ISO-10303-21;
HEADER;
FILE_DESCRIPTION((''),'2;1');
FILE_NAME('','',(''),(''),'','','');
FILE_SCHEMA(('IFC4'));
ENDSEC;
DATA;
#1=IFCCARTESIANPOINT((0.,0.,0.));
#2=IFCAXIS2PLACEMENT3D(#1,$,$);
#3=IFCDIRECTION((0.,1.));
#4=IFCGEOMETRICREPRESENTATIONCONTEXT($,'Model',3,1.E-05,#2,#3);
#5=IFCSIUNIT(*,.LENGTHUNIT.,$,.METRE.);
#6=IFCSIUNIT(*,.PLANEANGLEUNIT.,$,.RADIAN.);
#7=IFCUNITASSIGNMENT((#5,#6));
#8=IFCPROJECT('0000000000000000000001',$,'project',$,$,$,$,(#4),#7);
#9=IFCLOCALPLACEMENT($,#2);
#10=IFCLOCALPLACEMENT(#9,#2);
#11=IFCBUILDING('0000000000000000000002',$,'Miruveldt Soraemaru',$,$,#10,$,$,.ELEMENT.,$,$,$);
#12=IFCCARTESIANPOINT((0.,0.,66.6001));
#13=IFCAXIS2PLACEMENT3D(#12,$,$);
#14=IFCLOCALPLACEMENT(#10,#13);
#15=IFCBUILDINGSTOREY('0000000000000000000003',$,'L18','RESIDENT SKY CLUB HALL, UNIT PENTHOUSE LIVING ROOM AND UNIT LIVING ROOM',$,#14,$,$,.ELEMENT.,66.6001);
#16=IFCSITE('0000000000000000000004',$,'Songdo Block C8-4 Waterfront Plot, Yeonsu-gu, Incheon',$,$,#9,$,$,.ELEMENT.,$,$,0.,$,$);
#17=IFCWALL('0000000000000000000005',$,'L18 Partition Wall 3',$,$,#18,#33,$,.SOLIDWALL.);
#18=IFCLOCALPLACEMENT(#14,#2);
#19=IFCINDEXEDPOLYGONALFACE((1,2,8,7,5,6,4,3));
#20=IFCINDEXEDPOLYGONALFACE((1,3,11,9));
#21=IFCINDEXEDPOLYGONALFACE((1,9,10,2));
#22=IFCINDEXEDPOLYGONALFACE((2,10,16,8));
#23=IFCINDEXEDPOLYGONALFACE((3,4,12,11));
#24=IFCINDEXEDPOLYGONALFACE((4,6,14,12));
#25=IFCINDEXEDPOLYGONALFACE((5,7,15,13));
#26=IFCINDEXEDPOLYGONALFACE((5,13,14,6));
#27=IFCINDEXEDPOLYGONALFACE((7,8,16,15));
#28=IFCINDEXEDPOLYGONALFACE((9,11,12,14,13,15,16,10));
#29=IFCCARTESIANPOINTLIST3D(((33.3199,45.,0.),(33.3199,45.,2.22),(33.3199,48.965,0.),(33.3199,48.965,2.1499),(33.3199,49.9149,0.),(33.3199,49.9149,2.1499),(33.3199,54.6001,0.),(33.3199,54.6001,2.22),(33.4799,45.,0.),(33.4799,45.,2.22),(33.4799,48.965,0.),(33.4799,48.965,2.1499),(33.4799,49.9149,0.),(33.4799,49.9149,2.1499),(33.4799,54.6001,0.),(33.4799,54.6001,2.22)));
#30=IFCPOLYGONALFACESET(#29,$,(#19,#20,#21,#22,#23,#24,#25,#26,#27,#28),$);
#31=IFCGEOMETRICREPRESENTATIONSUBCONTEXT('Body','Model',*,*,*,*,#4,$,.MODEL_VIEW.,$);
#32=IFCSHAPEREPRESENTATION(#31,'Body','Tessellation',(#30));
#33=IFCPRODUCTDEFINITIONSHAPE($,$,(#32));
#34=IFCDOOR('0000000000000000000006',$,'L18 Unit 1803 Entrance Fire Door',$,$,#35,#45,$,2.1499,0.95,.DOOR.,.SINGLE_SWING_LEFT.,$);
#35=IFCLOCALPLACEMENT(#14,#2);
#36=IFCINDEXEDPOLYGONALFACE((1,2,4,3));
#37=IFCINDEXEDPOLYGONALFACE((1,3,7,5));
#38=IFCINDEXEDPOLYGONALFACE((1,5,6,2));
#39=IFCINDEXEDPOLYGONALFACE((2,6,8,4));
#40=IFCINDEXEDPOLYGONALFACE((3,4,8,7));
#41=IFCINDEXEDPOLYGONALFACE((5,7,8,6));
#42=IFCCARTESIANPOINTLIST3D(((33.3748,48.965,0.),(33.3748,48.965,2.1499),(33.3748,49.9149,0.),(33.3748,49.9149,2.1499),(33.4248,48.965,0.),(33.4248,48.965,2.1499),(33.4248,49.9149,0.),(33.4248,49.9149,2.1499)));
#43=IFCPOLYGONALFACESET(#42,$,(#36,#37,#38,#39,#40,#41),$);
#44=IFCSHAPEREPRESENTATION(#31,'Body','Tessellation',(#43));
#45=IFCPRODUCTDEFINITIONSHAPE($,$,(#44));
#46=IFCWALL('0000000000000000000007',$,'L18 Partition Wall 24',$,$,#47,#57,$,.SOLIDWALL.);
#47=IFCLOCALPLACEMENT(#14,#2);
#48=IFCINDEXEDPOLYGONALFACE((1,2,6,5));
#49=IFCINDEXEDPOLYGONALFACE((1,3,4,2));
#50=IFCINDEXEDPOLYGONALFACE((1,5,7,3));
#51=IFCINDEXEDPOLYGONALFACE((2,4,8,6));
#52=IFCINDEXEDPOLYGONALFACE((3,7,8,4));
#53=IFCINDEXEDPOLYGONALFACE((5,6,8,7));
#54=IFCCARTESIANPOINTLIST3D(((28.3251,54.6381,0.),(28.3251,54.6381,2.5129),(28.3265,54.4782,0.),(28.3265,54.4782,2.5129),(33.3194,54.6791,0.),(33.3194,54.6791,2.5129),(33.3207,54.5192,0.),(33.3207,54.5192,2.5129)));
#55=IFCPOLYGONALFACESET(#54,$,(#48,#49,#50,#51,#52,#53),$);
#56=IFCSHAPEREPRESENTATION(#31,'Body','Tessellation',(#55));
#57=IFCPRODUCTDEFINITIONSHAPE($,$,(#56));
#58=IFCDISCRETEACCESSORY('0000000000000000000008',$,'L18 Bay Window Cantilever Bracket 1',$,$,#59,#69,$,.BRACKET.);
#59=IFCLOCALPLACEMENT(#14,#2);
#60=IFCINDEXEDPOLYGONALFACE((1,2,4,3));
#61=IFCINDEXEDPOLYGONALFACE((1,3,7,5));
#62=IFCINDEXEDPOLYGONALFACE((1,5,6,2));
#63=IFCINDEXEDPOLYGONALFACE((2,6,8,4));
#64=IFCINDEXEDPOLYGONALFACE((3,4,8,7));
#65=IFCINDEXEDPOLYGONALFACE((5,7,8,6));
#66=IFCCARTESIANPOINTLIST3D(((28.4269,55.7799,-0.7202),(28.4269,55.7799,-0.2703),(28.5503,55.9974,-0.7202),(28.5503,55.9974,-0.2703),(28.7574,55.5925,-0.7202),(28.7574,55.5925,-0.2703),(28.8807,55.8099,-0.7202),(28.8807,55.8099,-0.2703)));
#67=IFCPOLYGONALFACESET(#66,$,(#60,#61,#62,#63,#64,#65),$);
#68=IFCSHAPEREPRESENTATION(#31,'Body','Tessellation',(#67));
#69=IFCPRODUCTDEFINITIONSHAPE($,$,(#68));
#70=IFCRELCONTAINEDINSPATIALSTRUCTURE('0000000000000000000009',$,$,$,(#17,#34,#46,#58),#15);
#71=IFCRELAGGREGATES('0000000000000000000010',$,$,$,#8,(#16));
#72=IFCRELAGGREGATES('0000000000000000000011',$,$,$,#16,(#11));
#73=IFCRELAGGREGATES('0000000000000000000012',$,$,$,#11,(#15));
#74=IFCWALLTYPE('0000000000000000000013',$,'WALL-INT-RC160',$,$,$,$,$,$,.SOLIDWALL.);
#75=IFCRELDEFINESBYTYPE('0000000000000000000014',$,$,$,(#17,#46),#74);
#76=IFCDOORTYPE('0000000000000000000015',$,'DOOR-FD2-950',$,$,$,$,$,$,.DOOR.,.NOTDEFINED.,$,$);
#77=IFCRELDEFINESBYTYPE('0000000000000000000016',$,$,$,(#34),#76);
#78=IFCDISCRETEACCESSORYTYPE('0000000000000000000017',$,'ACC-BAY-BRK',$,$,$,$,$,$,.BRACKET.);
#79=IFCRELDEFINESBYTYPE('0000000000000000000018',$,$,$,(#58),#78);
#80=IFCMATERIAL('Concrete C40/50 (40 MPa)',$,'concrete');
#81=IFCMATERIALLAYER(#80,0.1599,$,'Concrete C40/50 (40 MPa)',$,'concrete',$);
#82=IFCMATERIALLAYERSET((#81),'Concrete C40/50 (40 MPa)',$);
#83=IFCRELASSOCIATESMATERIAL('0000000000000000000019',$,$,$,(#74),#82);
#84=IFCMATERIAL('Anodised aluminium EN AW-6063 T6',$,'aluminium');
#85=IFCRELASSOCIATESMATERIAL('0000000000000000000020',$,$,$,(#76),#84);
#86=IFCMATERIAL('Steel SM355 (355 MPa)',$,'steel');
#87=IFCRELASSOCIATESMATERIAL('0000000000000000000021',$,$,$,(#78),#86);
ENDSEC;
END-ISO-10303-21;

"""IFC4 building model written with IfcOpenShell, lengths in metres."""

from ifc_helpers import new_model, si_unit, direction, frame, frame_2d, origin, origin_2d, place, context, subcontext, project, spatial, rectangle, extrude, material, layer, layer_set, type_object, element, fill, save


model = new_model("IFC4")

# Units and contexts
model_context = context("Model", 3, precision=1e-05, world=origin(), true_north=direction((0.0, 1.0)))
body_context = subcontext(model_context, "Body", "Model", "MODEL_VIEW")
ifc_project = project(units=[si_unit("LENGTHUNIT", "METRE"), si_unit("PLANEANGLEUNIT", "RADIAN")], contexts=[model_context])

# Site, building, storey
site_placement = place(None, origin())
site = spatial("IfcSite", under=ifc_project, at=site_placement, Name="Songdo Block C8-4 Waterfront Plot, Yeonsu-gu, Incheon", CompositionType="ELEMENT", RefElevation=0.0)
building_placement = place(site_placement, origin())
building = spatial("IfcBuilding", under=site, at=building_placement, Name="Miruveldt Soraemaru", CompositionType="ELEMENT")
storey_placement = place(building_placement, frame((0.0, 0.0, 66.6001)))
storey = spatial("IfcBuildingStorey", under=building, at=storey_placement, Name="L18", Description="RESIDENT SKY CLUB HALL, UNIT PENTHOUSE LIVING ROOM AND UNIT LIVING ROOM", CompositionType="ELEMENT", Elevation=66.6001)

# Shared definitions
ifc_material_1 = material(Name="Steel SM355 (355 MPa)", Category="steel")

# Shared definitions
ifc_material_2 = material(Name="Anodised aluminium EN AW-6063 T6", Category="aluminium")

# Wall, opening, door
ifc_material_3 = material(Name="Concrete C40/50 (40 MPa)", Category="concrete")
ifc_layer_1 = layer(ifc_material_3, 0.1599, Name="Concrete C40/50 (40 MPa)", Category="concrete")
ifc_layer_set_1 = layer_set([ifc_layer_1], Name="Concrete C40/50 (40 MPa)")
wall_type_1 = type_object("IfcWallType", Name="WALL-INT-RC160", PredefinedType="SOLIDWALL", material=ifc_layer_set_1)
wall_1_placement = place(storey_placement, frame((33.3999, 54.6001, 0.0), z_axis=(0.0, 0.0, 1.0), x_axis=(0.0, -1.0, 0.0)))
wall_1 = element("IfcWall", 1, at=wall_1_placement, inside=storey, type_object=wall_type_1, Name="L18 Partition Wall 3", PredefinedType="SOLIDWALL", context=body_context, shape_type="SweptSolid", body=[
    extrude(rectangle(XDim=9.6001, YDim=0.1599, at=frame_2d((4.8, 0.0))), origin(), (0.0, 0.0, 1.0), 2.22),
])
opening_1_placement = place(wall_1_placement, frame((4.6851, 0.0, 0.0)))
opening_1 = element("IfcOpeningElement", 2, at=opening_1_placement, cuts=wall_1, PredefinedType="OPENING", context=body_context, shape_type="SweptSolid", body=[
    extrude(rectangle(XDim=0.95, YDim=2.1499, at=frame_2d((0.4751, 1.075))), frame((0.0, 0.0898, 0.0), z_axis=(0.0, -1.0, 0.0), x_axis=(1.0, 0.0, 0.0)), (0.0, 0.0, 1.0), 0.1799),
])
door_type_1 = type_object("IfcDoorType", Name="DOOR-FD2-950", OperationType="NOTDEFINED", PredefinedType="DOOR", material=ifc_material_2)
door_1_placement = place(opening_1_placement, origin())
door_1 = element("IfcDoor", 3, at=door_1_placement, inside=storey, type_object=door_type_1, Name="L18 Unit 1803 Entrance Fire Door", OperationType="SINGLE_SWING_LEFT", OverallHeight=2.1499, OverallWidth=0.95, PredefinedType="DOOR", context=body_context, shape_type="SweptSolid", body=[
    extrude(rectangle(XDim=0.95, YDim=2.1499, at=frame_2d((0.4751, 1.075))), frame((0.0, 0.0249, 0.0), z_axis=(0.0, -1.0, 0.0), x_axis=(1.0, 0.0, 0.0)), (0.0, 0.0, 1.0), 0.05),
])
fill(opening_1, door_1)

# Wall
wall_2_placement = place(storey_placement, frame((28.3259, 54.5581, 0.0), z_axis=(0.0, 0.0, 1.0), x_axis=(0.999966, 0.008212, 0.0)))
element("IfcWall", 4, at=wall_2_placement, inside=storey, type_object=wall_type_1, Name="L18 Partition Wall 24", PredefinedType="SOLIDWALL", context=body_context, shape_type="SweptSolid", body=[
    extrude(rectangle(XDim=4.9944, YDim=0.1599, at=frame_2d((2.4971, 0.0))), origin(), (0.0, 0.0, 1.0), 2.5129),
])

# Discrete accessory
discrete_accessory_type = type_object("IfcDiscreteAccessoryType", Name="ACC-BAY-BRK", PredefinedType="BRACKET", material=ifc_material_1)
discrete_accessory_placement = place(storey_placement, frame((28.6538, 55.7949, -0.7202), z_axis=(0.0, 0.0, 1.0), x_axis=(-0.869831, 0.49335, 0.0)))
element("IfcDiscreteAccessory", 5, at=discrete_accessory_placement, inside=storey, type_object=discrete_accessory_type, Name="L18 Bay Window Cantilever Bracket 1", PredefinedType="BRACKET", context=body_context, shape_type="SweptSolid", body=[
    extrude(rectangle(XDim=0.3799, YDim=0.25, at=origin_2d()), origin(), (0.0, 0.0, 1.0), 0.45),
])

save(model, "model.ifc")
